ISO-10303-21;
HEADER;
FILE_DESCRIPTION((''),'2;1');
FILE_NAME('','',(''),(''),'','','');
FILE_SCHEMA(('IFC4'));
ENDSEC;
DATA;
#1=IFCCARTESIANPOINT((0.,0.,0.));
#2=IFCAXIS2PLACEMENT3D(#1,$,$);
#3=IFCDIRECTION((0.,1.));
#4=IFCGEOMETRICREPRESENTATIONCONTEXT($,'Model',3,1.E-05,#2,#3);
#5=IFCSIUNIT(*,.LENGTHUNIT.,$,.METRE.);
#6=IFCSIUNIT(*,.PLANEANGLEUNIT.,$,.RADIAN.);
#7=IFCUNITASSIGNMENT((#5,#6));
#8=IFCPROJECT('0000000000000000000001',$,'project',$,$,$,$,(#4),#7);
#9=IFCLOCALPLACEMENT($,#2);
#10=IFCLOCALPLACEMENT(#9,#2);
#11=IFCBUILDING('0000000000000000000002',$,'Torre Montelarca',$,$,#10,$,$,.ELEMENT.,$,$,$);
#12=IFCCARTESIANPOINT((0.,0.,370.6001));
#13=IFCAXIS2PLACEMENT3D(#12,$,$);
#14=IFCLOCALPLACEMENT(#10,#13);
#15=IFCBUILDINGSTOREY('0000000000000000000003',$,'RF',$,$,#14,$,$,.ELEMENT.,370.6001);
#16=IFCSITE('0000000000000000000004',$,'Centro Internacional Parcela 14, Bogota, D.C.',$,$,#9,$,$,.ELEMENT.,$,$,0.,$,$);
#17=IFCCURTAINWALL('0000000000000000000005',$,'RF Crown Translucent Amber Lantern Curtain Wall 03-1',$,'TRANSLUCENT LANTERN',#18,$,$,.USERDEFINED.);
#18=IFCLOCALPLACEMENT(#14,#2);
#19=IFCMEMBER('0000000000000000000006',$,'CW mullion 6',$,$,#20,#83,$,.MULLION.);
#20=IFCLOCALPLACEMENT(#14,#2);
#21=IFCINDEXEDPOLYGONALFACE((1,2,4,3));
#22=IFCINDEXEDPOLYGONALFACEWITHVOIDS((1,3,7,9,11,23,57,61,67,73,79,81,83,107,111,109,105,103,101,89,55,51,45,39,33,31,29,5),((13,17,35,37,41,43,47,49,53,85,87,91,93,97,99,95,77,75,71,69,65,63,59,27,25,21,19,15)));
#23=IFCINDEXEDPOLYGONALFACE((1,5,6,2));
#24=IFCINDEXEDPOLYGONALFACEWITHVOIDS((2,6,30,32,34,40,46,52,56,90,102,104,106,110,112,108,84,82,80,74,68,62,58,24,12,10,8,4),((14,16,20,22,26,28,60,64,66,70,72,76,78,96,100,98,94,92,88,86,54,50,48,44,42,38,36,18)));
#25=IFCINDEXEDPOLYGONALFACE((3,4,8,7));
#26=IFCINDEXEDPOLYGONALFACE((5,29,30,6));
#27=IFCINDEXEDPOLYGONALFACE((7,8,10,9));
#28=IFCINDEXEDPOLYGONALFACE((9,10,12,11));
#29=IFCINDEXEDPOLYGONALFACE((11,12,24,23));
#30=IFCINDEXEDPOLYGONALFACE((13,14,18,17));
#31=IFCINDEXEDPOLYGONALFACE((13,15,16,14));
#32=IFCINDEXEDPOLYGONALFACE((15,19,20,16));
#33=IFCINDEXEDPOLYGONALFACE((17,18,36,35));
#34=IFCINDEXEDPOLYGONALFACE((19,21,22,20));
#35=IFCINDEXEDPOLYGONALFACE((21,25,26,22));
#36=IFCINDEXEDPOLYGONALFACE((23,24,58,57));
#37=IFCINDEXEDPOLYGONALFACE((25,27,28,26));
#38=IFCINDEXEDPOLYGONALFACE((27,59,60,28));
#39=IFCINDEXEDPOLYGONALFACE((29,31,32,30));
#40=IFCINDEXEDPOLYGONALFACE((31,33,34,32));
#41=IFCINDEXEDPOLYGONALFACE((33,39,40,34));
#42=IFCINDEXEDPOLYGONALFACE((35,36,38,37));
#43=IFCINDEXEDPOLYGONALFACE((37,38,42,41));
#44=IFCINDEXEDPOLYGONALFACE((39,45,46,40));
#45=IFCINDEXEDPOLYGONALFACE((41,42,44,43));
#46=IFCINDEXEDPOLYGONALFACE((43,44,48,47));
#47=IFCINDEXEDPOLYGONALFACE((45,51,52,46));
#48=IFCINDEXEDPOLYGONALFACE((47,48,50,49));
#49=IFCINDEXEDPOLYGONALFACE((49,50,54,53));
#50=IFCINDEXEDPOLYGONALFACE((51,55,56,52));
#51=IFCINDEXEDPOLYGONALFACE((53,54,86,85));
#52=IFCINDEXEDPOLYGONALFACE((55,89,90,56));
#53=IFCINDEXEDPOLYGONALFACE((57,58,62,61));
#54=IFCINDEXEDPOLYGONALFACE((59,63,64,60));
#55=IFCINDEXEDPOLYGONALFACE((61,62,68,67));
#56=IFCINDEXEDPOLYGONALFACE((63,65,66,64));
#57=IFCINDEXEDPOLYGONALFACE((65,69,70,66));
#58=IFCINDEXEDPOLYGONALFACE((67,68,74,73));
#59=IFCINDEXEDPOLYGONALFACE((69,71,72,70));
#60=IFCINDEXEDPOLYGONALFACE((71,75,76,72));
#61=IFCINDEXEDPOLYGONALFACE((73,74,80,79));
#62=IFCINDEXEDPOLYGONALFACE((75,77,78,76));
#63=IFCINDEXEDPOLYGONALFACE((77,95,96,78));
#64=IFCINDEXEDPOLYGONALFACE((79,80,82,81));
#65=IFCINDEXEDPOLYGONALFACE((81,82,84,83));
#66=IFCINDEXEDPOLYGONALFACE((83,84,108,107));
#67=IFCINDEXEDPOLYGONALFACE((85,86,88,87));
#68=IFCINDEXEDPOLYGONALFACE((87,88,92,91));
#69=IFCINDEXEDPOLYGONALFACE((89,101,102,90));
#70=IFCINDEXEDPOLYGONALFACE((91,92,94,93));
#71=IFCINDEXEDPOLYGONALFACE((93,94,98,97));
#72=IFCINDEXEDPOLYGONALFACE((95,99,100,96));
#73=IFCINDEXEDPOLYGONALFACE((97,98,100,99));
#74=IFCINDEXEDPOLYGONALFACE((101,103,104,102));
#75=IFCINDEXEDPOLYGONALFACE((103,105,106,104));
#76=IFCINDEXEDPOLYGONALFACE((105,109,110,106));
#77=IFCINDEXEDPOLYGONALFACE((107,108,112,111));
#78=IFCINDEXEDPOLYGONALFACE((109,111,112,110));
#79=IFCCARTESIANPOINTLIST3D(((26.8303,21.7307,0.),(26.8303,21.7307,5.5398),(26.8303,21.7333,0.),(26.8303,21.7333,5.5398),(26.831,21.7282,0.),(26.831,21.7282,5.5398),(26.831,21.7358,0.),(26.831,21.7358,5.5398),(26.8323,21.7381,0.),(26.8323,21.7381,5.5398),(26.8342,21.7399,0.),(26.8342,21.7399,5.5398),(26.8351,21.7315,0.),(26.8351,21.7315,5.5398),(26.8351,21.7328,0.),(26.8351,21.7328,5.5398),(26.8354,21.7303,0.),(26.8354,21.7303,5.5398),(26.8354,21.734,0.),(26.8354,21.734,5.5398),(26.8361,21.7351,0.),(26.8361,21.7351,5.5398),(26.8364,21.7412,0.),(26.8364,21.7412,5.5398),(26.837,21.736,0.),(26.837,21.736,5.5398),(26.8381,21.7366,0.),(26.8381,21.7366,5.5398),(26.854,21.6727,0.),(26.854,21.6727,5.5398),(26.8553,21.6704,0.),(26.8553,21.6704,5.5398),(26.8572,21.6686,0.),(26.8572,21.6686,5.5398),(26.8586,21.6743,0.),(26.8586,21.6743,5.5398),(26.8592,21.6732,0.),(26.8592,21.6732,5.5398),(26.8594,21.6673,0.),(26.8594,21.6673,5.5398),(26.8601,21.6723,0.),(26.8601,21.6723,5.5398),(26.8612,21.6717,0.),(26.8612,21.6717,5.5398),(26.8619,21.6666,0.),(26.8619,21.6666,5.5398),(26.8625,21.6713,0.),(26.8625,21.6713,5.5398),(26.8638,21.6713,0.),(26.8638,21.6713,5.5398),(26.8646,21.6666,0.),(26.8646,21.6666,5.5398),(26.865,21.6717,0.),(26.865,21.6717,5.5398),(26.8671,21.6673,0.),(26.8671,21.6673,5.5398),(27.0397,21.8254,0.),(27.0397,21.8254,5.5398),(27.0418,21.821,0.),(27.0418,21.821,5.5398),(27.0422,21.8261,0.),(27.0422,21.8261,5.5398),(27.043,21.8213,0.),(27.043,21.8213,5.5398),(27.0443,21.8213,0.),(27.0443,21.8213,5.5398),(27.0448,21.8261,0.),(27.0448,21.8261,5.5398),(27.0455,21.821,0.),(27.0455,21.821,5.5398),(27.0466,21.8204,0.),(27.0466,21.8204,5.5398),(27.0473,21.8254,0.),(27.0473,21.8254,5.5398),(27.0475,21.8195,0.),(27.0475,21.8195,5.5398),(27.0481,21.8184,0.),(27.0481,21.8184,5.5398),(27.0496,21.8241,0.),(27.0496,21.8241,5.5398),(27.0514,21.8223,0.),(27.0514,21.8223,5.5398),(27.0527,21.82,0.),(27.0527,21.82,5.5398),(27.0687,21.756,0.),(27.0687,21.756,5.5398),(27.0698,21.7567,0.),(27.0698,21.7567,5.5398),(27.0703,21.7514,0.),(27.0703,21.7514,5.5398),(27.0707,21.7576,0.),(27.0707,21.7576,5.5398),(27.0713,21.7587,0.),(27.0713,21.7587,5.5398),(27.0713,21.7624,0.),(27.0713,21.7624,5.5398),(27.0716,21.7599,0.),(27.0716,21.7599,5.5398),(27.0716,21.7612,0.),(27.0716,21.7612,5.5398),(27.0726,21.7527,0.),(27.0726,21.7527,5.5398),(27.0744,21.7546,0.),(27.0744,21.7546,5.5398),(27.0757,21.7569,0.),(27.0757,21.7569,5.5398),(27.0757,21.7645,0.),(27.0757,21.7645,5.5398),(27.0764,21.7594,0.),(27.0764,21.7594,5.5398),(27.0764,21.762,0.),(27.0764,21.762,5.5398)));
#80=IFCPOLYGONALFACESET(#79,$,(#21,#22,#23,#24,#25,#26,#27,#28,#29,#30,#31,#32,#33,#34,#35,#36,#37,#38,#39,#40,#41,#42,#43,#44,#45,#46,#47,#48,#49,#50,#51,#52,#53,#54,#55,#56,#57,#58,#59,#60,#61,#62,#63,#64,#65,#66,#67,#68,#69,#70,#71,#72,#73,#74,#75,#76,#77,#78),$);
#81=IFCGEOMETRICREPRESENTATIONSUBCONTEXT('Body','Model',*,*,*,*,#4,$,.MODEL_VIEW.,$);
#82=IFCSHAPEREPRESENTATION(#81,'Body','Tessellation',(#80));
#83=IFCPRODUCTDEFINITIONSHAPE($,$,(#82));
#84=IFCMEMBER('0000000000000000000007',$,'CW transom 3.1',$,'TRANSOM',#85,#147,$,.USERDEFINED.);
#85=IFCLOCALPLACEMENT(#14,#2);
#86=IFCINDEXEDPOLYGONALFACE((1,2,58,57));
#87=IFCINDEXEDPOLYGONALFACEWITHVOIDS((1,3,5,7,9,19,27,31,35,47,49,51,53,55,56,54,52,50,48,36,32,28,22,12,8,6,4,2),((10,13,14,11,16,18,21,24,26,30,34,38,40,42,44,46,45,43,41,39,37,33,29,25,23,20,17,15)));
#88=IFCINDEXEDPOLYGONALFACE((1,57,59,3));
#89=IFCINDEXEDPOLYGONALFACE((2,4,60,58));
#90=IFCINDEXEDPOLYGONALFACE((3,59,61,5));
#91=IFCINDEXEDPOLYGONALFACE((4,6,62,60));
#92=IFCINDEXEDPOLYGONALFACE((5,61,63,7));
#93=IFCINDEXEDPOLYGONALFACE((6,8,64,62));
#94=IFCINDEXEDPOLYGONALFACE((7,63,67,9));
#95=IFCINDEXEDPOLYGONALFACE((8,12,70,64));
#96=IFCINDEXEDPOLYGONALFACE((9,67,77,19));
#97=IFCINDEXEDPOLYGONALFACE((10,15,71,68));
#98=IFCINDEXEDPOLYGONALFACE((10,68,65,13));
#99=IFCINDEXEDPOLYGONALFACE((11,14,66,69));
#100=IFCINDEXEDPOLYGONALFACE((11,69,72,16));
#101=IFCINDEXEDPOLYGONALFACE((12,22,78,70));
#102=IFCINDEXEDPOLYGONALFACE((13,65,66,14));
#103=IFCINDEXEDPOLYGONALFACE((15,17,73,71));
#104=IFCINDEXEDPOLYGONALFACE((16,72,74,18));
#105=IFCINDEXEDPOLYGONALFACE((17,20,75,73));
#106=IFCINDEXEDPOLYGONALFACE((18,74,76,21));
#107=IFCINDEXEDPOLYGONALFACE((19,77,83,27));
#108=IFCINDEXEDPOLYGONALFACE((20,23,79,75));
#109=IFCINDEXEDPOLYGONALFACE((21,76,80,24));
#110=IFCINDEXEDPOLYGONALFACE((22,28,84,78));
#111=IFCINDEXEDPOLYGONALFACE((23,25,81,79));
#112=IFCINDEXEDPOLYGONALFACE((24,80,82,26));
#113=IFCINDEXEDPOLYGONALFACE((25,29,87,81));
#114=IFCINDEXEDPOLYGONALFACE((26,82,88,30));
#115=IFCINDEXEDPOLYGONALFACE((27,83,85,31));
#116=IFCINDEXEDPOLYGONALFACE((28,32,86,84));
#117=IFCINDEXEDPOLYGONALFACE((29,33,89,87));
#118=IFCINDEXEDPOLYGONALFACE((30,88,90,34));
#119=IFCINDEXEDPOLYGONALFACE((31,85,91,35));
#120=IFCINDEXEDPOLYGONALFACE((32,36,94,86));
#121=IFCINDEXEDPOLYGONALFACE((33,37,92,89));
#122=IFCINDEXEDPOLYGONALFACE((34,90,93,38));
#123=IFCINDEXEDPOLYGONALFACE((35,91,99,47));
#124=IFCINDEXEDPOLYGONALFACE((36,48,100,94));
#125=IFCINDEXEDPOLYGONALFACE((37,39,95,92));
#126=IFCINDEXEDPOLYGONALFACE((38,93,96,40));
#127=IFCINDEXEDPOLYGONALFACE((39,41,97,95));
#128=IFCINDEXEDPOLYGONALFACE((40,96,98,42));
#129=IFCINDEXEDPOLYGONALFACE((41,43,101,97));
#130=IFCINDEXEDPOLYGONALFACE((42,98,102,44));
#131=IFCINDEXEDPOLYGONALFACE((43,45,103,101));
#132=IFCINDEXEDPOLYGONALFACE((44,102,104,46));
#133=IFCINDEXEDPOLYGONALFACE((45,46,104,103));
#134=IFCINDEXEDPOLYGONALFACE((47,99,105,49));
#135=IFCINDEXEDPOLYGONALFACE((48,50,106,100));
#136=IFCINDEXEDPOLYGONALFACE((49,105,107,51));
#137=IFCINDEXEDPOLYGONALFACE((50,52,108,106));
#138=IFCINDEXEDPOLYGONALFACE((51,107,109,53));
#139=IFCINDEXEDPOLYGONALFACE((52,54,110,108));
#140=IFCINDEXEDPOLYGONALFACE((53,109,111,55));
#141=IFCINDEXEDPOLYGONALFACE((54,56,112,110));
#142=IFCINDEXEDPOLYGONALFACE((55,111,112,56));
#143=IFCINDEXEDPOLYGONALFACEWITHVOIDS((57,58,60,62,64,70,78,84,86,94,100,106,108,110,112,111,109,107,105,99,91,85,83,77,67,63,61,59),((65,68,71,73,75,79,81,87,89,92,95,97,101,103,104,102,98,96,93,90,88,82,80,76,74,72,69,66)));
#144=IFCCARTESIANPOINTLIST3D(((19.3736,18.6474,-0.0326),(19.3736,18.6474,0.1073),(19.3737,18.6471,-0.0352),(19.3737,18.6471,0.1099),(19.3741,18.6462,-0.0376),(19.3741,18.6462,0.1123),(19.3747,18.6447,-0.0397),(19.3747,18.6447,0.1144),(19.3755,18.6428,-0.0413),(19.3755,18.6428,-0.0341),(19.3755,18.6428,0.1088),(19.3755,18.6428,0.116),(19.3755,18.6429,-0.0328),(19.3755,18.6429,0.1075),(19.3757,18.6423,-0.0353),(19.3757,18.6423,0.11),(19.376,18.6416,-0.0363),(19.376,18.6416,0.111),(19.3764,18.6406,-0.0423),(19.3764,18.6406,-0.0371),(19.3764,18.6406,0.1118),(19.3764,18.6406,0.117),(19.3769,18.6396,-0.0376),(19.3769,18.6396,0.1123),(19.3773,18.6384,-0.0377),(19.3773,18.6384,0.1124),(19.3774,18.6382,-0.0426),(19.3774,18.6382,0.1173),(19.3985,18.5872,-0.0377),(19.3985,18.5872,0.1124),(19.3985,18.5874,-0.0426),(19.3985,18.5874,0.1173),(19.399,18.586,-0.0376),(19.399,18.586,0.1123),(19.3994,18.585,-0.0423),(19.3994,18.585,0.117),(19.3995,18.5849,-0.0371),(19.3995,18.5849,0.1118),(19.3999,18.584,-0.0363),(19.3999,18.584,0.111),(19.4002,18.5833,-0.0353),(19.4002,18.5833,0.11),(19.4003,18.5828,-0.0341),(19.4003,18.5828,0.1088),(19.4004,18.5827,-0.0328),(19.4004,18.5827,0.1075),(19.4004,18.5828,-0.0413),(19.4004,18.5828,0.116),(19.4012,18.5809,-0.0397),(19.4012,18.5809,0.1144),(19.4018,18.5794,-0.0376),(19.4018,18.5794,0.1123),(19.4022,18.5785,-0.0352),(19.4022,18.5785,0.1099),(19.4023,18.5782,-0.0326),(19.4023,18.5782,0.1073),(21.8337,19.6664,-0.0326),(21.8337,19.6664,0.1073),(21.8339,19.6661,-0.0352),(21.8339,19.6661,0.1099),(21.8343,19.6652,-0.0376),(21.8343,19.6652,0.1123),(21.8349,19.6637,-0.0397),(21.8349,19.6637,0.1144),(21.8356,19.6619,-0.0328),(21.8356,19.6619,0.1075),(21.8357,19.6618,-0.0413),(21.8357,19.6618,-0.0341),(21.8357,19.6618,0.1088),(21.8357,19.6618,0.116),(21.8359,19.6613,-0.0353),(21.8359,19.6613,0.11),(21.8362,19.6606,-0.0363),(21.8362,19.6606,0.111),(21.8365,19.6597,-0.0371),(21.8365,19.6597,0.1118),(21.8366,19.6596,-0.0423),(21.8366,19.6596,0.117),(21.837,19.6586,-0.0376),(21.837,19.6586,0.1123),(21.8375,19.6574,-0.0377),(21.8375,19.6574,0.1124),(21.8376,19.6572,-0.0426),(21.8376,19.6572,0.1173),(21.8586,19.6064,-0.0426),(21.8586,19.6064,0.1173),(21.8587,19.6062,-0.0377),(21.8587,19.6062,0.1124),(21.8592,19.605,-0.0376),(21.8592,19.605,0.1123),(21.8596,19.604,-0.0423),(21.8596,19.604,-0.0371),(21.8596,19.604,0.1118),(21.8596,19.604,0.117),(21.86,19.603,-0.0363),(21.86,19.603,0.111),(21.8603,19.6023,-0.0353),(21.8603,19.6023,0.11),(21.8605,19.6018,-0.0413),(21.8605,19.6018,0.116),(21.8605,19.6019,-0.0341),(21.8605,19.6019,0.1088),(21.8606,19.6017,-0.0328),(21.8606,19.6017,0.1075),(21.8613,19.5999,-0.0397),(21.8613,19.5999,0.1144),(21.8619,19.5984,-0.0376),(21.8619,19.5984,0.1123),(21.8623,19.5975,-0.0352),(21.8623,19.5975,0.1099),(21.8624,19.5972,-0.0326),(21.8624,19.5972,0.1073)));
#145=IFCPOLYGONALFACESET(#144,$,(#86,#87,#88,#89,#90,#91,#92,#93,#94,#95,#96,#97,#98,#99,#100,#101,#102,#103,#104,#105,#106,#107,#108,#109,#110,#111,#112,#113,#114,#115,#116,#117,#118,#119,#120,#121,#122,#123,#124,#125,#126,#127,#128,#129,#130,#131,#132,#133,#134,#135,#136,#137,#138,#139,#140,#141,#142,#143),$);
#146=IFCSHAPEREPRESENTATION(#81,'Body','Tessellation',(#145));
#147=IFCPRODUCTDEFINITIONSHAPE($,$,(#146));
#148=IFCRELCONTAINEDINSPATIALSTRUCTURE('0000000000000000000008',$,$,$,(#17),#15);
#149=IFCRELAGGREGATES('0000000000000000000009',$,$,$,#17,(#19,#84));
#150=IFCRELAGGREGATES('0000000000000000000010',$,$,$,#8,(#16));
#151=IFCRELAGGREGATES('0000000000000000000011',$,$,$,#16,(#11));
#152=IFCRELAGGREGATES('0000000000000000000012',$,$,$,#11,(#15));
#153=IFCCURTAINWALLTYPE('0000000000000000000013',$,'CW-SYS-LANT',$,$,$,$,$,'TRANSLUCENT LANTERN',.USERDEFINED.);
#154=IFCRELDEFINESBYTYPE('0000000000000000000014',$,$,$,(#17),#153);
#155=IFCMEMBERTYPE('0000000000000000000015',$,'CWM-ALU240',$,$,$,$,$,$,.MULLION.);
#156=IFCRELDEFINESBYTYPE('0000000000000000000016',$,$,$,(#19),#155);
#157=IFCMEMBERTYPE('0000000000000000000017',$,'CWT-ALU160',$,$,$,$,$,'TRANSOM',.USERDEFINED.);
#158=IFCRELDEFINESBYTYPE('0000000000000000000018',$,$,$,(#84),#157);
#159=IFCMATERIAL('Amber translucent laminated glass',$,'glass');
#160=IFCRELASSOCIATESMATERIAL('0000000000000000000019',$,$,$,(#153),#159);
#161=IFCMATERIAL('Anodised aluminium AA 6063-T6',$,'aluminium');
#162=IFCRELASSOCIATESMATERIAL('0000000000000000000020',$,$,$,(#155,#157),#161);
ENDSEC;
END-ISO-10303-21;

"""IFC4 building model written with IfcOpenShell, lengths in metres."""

from ifc_helpers import new_model, si_unit, direction, frame, origin, origin_2d, place, context, subcontext, project, spatial, hollow_rectangle, extrude, source, transform, mapped, material, material_profile, profile_set, type_object, element, aggregate, save


model = new_model("IFC4")

# Units and contexts
model_context = context("Model", 3, precision=1e-05, world=origin(), true_north=direction((0.0, 1.0)))
body_context = subcontext(model_context, "Body", "Model", "MODEL_VIEW")
ifc_project = project(units=[si_unit("LENGTHUNIT", "METRE"), si_unit("PLANEANGLEUNIT", "RADIAN")], contexts=[model_context])

# Site, building, storey
site_placement = place(None, origin())
site = spatial("IfcSite", under=ifc_project, at=site_placement, Name="Centro Internacional Parcela 14, Bogota, D.C.", CompositionType="ELEMENT", RefElevation=0.0)
building_placement = place(site_placement, origin())
building = spatial("IfcBuilding", under=site, at=building_placement, Name="Torre Montelarca", CompositionType="ELEMENT")
storey_placement = place(building_placement, frame((0.0, 0.0, 370.6001)))
storey = spatial("IfcBuildingStorey", under=building, at=storey_placement, Name="RF", CompositionType="ELEMENT", Elevation=370.6001)

# Curtain wall, members
ifc_material_1 = material(Name="Amber translucent laminated glass", Category="glass")
curtain_wall_type = type_object("IfcCurtainWallType", Name="CW-SYS-LANT", ElementType="TRANSLUCENT LANTERN", PredefinedType="USERDEFINED", material=ifc_material_1)
curtain_wall_placement = place(storey_placement, origin())
curtain_wall = element("IfcCurtainWall", 1, at=curtain_wall_placement, inside=storey, type_object=curtain_wall_type, Name="RF Crown Translucent Amber Lantern Curtain Wall 03-1", ObjectType="TRANSLUCENT LANTERN", PredefinedType="USERDEFINED")
ifc_material_2 = material(Name="Anodised aluminium AA 6063-T6", Category="aluminium")
ifc_material_profile_1 = material_profile(ifc_material_2, hollow_rectangle(XDim=0.0801, YDim=0.24, WallThickness=0.0049, InnerFilletRadius=0.0049, OuterFilletRadius=0.01, at=origin_2d()), Name="ALU80X240X5", Category="aluminium")
ifc_profile_set_1 = profile_set([ifc_material_profile_1], Name="Anodised aluminium AA 6063-T6")
member_type_1 = type_object("IfcMemberType", Name="CWM-ALU240", PredefinedType="MULLION", material=ifc_profile_set_1)
shared_shape_1 = source(origin(), body_context, "Body", "SweptSolid", [
    extrude(hollow_rectangle(XDim=0.0801, YDim=0.24, WallThickness=0.0049, InnerFilletRadius=0.0049, OuterFilletRadius=0.01, at=origin_2d()), origin(), (0.0, 0.0, 1.0), 5.5398),
])
member_1_placement = place(storey_placement, frame((26.9534, 21.7463, 0.0), z_axis=(0.0, 0.0, 1.0), x_axis=(-0.382687, 0.923878, 0.0)))
member_1 = element("IfcMember", 2, at=member_1_placement, type_object=member_type_1, Name="CW mullion 6", PredefinedType="MULLION", context=body_context, shape_type="MappedRepresentation", body=[
    mapped(shared_shape_1, transform((0.0, 0.0, 0.0), scale=1.0)),
])
ifc_material_profile_2 = material_profile(ifc_material_2, hollow_rectangle(XDim=0.075, YDim=0.1599, WallThickness=0.0049, InnerFilletRadius=0.0049, OuterFilletRadius=0.01, at=origin_2d()), Name="ALU75X160X5", Category="aluminium")
ifc_profile_set_2 = profile_set([ifc_material_profile_2], Name="Anodised aluminium AA 6063-T6")
member_type_2 = type_object("IfcMemberType", Name="CWT-ALU160", ElementType="TRANSOM", PredefinedType="USERDEFINED", material=ifc_profile_set_2)
shared_shape_2 = source(origin(), body_context, "Body", "SweptSolid", [
    extrude(hollow_rectangle(XDim=0.075, YDim=0.1599, WallThickness=0.0049, InnerFilletRadius=0.0049, OuterFilletRadius=0.01, at=origin_2d()), origin(), (0.0, 0.0, 1.0), 2.6628),
])
member_2_placement = place(storey_placement, frame((19.3879, 18.6128, 0.0374), z_axis=(0.923881, 0.382681, 0.0), x_axis=(-0.382681, 0.923881, 0.0)))
member_2 = element("IfcMember", 3, at=member_2_placement, type_object=member_type_2, Name="CW transom 3.1", ObjectType="TRANSOM", PredefinedType="USERDEFINED", context=body_context, shape_type="MappedRepresentation", body=[
    mapped(shared_shape_2, transform((0.0, 0.0, 0.0), scale=1.0)),
])

aggregate(curtain_wall, [member_1, member_2])

save(model, "model.ifc")
